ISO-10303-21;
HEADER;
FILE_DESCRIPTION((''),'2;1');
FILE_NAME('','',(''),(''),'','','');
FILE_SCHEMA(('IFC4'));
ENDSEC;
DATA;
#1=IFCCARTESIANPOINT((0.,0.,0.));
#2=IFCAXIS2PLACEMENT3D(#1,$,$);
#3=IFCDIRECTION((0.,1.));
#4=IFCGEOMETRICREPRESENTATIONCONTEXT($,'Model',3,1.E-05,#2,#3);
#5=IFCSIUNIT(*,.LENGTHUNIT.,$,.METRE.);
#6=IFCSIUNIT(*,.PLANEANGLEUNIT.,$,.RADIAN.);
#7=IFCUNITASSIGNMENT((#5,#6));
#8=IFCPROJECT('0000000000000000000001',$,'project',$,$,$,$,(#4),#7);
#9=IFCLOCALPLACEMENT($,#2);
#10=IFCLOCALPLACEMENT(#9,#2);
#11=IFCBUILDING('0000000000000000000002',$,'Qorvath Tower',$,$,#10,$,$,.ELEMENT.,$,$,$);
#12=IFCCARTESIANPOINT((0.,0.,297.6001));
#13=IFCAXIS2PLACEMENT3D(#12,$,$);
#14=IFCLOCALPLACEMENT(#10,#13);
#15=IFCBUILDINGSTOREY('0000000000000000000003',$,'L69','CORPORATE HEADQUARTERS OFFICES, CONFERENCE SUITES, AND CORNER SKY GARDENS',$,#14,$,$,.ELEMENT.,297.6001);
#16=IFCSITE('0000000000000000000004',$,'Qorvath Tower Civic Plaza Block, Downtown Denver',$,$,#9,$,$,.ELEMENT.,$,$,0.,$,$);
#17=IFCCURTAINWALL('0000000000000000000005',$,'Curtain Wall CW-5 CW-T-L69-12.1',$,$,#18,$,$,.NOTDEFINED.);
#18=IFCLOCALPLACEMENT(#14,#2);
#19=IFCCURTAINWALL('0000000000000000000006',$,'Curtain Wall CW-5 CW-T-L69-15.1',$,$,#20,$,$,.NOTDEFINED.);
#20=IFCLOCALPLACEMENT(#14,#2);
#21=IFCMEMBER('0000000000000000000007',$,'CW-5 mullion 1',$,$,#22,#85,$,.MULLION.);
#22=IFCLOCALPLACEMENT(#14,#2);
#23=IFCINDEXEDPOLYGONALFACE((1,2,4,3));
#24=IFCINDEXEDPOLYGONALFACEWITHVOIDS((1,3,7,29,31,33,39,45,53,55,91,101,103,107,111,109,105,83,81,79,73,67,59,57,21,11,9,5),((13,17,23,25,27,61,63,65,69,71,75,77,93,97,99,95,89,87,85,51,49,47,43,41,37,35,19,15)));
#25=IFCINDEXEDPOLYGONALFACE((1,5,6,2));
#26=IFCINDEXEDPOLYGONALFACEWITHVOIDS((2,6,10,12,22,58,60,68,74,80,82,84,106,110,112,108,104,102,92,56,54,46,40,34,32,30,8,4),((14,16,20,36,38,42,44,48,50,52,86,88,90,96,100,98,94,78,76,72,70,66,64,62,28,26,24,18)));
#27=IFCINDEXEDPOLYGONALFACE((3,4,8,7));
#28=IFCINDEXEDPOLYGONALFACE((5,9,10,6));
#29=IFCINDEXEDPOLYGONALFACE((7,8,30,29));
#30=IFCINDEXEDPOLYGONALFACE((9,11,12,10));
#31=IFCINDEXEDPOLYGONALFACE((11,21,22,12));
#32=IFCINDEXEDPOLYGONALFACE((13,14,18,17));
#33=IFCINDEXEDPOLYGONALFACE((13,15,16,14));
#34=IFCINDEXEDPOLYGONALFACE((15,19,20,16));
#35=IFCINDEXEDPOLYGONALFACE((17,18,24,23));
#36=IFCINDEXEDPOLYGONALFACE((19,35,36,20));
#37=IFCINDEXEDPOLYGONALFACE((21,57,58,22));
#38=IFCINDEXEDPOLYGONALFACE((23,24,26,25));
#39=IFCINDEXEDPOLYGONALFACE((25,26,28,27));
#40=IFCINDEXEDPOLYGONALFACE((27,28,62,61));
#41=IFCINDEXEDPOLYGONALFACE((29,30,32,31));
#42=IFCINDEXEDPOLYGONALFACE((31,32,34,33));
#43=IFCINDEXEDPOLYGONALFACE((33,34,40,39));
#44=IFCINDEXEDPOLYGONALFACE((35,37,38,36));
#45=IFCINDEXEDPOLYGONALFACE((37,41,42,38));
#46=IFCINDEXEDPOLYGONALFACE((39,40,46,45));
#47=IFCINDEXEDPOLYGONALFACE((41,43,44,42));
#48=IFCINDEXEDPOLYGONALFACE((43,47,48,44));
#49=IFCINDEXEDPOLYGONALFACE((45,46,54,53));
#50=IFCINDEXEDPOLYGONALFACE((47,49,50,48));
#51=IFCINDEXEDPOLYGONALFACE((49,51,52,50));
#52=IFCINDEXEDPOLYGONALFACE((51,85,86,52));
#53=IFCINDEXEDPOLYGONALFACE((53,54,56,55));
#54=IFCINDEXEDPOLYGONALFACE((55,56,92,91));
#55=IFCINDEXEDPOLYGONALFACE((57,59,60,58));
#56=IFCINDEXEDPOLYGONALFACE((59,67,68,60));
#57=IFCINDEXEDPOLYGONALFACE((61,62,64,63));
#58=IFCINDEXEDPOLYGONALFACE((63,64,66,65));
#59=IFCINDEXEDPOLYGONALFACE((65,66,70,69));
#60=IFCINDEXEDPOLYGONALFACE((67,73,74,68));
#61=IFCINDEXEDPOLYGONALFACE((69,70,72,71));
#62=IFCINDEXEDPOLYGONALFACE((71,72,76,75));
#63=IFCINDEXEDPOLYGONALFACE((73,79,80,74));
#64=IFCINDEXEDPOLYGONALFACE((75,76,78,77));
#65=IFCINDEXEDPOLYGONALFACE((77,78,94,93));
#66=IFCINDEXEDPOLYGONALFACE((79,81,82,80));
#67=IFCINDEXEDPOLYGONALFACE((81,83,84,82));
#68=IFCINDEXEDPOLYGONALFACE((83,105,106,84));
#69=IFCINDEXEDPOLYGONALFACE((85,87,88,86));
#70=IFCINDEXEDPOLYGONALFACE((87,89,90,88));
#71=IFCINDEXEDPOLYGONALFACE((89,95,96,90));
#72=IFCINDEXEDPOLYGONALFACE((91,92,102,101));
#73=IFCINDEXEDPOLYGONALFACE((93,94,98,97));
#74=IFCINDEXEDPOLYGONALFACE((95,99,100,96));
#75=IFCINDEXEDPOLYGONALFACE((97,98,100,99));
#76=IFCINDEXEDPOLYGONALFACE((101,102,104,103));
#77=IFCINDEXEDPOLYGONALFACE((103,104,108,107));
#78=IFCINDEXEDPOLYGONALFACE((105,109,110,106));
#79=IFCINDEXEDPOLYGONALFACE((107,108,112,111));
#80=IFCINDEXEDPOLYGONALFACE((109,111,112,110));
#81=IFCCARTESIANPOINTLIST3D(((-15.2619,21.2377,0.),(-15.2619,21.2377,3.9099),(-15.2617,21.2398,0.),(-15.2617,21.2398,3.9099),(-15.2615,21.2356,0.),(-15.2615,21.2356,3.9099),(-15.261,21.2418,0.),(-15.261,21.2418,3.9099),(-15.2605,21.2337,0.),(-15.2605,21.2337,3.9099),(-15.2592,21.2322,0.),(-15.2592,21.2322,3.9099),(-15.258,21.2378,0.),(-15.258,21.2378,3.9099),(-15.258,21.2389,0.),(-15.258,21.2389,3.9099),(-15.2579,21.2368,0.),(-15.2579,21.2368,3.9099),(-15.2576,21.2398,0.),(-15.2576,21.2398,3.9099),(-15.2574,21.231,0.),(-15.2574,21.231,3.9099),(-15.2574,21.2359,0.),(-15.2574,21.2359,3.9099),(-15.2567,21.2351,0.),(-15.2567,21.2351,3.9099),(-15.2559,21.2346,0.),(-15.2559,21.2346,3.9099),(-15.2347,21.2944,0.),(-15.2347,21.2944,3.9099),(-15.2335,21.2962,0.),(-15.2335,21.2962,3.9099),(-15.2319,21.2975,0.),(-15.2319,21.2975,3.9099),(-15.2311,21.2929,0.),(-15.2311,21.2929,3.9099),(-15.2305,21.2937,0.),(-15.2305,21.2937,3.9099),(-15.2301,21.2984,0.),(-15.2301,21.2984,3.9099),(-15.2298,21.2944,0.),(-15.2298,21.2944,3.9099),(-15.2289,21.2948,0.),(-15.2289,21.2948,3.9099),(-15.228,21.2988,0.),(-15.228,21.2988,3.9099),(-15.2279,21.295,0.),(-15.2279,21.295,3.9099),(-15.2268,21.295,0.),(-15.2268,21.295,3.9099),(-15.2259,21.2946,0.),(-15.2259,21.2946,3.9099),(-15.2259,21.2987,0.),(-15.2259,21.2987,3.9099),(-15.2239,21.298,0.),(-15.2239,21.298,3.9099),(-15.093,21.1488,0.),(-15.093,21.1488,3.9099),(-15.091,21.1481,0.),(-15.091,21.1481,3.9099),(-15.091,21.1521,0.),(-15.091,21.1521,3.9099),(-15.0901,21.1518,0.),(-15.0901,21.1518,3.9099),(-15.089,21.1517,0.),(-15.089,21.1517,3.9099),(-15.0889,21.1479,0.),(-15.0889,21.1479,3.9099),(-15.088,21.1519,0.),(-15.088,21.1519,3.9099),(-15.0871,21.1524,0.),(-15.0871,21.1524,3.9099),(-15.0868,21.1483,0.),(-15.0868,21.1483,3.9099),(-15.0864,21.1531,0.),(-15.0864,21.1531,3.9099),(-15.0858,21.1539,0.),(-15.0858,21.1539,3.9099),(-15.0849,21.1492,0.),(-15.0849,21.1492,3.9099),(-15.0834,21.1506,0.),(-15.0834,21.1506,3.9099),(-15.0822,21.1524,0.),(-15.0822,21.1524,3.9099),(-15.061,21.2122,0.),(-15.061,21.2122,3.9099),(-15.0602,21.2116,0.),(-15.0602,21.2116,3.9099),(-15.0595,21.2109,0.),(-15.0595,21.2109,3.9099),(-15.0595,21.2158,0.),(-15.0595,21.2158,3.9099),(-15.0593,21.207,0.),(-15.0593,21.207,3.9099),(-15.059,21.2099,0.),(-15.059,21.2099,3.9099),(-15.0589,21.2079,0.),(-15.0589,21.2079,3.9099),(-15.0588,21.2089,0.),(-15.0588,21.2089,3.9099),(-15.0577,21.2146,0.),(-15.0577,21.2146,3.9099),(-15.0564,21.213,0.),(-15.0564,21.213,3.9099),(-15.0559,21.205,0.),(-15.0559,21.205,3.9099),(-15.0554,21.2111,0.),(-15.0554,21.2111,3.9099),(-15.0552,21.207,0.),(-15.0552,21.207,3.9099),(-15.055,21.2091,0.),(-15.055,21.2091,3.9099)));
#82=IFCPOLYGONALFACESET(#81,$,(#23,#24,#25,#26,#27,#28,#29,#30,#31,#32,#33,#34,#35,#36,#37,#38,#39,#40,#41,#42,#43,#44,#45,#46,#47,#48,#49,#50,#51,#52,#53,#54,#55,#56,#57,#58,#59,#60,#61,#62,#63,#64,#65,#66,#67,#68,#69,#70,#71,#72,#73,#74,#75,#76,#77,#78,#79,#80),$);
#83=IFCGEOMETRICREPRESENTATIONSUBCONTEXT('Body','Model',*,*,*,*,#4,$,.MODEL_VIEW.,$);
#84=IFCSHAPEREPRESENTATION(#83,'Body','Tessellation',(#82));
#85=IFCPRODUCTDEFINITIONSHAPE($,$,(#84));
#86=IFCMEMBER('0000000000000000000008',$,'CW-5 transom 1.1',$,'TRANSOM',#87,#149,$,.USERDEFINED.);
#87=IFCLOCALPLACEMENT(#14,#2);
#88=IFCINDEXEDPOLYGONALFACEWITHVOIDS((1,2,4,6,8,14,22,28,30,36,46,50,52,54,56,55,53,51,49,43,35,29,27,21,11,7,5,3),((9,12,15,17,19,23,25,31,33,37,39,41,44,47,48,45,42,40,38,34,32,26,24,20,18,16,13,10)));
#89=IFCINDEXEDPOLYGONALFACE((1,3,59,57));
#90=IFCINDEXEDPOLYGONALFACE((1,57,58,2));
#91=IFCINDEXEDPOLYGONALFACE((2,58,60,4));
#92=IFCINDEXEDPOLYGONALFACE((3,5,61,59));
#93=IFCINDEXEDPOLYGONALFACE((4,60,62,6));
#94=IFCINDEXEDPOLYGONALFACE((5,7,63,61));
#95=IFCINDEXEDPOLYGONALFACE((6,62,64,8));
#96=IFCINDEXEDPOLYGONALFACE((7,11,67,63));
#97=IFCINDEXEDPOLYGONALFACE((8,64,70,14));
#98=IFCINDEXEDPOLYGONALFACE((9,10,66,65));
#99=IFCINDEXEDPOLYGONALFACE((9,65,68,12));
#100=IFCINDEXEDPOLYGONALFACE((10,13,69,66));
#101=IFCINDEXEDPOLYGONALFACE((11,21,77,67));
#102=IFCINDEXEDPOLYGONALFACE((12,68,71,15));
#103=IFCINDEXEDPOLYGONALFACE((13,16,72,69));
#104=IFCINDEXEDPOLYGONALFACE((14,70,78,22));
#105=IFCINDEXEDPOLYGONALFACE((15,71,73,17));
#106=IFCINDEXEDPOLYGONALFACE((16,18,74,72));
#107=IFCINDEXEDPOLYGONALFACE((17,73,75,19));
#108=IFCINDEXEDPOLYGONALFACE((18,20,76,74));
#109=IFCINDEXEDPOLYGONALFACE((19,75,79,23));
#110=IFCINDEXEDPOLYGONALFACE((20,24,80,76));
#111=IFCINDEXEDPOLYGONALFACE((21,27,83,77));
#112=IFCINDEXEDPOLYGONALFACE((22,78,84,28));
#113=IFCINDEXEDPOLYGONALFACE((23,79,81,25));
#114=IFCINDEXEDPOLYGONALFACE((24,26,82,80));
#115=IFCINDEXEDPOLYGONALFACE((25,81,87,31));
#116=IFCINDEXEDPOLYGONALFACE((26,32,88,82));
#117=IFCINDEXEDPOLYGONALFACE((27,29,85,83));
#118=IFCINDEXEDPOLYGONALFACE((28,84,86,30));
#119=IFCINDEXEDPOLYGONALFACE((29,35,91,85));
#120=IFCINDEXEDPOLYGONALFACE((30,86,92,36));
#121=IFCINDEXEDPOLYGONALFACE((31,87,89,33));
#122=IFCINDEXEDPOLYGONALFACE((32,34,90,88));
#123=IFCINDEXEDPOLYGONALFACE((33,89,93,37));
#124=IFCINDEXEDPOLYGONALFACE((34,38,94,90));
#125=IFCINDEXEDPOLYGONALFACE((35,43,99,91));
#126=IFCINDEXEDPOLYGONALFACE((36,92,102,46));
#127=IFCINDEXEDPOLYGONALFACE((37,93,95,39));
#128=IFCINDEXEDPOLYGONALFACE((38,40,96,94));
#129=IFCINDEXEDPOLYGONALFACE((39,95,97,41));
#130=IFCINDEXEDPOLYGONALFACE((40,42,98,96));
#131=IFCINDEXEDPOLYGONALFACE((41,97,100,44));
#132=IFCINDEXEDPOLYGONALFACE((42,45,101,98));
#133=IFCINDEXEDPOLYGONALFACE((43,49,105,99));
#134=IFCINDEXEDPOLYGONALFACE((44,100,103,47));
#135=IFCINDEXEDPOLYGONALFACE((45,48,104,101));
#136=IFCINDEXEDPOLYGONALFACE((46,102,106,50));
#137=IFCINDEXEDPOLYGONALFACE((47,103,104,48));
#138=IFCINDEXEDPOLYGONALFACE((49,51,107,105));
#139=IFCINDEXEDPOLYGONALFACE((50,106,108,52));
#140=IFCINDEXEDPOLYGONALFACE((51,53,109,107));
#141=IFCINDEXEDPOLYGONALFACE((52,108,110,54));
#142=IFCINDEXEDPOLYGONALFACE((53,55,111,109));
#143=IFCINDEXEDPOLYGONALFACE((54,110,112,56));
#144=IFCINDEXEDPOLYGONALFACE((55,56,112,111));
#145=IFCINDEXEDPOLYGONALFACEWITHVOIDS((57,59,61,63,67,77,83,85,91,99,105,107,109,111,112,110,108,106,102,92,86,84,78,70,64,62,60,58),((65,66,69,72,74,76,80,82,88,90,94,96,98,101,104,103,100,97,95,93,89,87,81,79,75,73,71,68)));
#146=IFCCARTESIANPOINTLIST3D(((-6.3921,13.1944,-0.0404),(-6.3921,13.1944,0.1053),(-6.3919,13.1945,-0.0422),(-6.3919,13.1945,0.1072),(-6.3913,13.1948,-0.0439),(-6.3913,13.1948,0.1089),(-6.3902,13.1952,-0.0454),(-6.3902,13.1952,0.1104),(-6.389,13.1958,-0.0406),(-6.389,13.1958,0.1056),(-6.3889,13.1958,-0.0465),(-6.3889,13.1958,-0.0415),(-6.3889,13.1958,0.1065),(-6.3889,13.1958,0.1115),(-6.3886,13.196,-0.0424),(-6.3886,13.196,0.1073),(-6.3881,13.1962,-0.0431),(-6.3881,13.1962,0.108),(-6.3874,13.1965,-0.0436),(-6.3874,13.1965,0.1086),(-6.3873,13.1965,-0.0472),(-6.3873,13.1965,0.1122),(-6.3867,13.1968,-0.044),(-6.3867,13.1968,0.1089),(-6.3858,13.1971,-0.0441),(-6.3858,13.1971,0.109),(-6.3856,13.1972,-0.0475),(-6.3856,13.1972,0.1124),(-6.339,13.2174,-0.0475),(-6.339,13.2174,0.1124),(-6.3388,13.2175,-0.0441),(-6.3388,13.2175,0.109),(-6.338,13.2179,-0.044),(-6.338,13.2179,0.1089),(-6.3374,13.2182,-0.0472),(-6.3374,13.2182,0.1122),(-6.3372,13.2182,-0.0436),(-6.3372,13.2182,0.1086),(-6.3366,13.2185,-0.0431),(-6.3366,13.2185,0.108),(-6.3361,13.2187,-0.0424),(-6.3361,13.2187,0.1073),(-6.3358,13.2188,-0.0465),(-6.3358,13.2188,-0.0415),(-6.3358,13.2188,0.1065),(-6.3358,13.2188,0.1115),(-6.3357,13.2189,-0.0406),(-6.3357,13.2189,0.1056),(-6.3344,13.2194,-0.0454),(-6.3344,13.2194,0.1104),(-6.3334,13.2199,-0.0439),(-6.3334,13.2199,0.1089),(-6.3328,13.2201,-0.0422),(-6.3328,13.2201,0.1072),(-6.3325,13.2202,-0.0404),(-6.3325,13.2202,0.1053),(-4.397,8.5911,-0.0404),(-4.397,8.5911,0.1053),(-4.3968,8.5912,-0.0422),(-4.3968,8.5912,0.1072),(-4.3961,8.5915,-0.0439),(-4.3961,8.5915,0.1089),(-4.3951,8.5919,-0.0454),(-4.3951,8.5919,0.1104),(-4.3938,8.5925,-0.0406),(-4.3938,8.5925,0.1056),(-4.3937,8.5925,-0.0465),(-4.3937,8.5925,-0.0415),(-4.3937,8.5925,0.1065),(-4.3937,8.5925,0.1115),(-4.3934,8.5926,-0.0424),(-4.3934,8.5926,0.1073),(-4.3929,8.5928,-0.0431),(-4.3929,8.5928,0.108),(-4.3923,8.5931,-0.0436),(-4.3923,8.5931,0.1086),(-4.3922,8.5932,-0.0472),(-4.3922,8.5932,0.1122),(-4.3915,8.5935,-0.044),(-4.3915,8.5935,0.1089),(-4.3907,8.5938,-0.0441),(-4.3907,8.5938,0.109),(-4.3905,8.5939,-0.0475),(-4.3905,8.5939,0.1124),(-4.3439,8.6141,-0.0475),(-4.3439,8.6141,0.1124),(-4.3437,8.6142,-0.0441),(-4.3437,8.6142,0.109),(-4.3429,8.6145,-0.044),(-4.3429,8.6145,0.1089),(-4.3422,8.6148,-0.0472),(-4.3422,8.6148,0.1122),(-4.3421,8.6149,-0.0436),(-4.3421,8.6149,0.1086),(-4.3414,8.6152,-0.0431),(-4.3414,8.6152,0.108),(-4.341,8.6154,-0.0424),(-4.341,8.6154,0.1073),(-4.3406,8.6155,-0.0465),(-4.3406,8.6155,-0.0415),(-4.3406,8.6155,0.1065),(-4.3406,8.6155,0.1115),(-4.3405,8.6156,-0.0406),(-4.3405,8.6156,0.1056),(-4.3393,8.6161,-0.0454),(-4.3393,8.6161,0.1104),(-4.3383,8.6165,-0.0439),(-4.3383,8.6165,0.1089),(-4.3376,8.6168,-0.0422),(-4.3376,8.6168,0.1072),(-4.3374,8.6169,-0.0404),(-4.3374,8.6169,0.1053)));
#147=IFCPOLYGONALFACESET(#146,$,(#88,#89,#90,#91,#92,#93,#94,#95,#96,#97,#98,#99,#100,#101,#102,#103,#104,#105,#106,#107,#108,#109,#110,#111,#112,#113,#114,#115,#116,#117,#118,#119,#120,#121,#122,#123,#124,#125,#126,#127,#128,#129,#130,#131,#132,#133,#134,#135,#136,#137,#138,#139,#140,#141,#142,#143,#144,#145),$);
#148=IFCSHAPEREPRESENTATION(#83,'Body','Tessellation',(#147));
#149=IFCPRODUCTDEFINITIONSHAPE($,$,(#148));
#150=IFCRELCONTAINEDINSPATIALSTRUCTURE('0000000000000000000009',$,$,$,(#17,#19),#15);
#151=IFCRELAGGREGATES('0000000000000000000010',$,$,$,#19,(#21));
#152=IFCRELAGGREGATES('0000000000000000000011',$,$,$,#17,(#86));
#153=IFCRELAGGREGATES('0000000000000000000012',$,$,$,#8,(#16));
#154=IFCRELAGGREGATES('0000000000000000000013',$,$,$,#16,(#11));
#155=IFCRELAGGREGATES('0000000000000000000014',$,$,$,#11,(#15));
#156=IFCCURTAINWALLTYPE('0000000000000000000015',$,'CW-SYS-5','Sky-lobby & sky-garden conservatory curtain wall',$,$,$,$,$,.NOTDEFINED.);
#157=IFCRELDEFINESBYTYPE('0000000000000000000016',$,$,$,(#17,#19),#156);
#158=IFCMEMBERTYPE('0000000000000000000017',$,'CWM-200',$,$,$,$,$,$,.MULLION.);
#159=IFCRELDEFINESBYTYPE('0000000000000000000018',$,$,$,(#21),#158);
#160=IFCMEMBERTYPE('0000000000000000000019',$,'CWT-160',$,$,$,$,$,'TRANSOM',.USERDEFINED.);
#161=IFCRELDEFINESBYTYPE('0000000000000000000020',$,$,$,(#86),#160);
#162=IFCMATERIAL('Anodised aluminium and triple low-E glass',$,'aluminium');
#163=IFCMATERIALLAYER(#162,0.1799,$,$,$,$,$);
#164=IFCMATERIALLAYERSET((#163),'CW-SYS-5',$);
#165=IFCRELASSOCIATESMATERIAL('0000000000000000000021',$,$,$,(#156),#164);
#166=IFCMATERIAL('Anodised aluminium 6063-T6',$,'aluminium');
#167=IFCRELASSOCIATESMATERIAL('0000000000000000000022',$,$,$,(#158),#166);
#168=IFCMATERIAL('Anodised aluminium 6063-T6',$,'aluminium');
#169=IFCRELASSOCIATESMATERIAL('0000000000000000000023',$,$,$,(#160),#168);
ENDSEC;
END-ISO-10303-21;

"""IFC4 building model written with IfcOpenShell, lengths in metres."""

from ifc_helpers import new_model, si_unit, direction, frame, origin, origin_2d, place, context, subcontext, project, spatial, hollow_rectangle, extrude, material, layer, layer_set, material_profile, profile_set, type_object, element, aggregate, save


model = new_model("IFC4")

# Units and contexts
model_context = context("Model", 3, precision=1e-05, world=origin(), true_north=direction((0.0, 1.0)))
body_context = subcontext(model_context, "Body", "Model", "MODEL_VIEW")
ifc_project = project(units=[si_unit("LENGTHUNIT", "METRE"), si_unit("PLANEANGLEUNIT", "RADIAN")], contexts=[model_context])

# Site, building, storey
site_placement = place(None, origin())
site = spatial("IfcSite", under=ifc_project, at=site_placement, Name="Qorvath Tower Civic Plaza Block, Downtown Denver", CompositionType="ELEMENT", RefElevation=0.0)
building_placement = place(site_placement, origin())
building = spatial("IfcBuilding", under=site, at=building_placement, Name="Qorvath Tower", CompositionType="ELEMENT")
storey_placement = place(building_placement, frame((0.0, 0.0, 297.6001)))
storey = spatial("IfcBuildingStorey", under=building, at=storey_placement, Name="L69", Description="CORPORATE HEADQUARTERS OFFICES, CONFERENCE SUITES, AND CORNER SKY GARDENS", CompositionType="ELEMENT", Elevation=297.6001)

# Curtain wall
ifc_material_1 = material(Name="Anodised aluminium and triple low-E glass", Category="aluminium")
ifc_layer_1 = layer(ifc_material_1, 0.1799)
ifc_layer_set_1 = layer_set([ifc_layer_1], Name="CW-SYS-5")
curtain_wall_type = type_object("IfcCurtainWallType", Name="CW-SYS-5", Description="Sky-lobby & sky-garden conservatory curtain wall", PredefinedType="NOTDEFINED", material=ifc_layer_set_1)
curtain_wall_1_placement = place(storey_placement, origin())
curtain_wall_1 = element("IfcCurtainWall", 1, at=curtain_wall_1_placement, inside=storey, type_object=curtain_wall_type, Name="Curtain Wall CW-5 CW-T-L69-12.1", PredefinedType="NOTDEFINED")
ifc_material_2 = material(Name="Anodised aluminium 6063-T6", Category="aluminium")
ifc_material_profile_1 = material_profile(ifc_material_2, hollow_rectangle(XDim=0.075, YDim=0.2, WallThickness=0.0039, InnerFilletRadius=0.0039, OuterFilletRadius=0.0081, at=origin_2d()), Name="CWM 200x75")
ifc_profile_set_1 = profile_set([ifc_material_profile_1], Name="Anodised aluminium 6063-T6")
member_type_1 = type_object("IfcMemberType", Name="CWM-200", PredefinedType="MULLION", material=ifc_profile_set_1)

# Curtain wall, member
curtain_wall_2_placement = place(storey_placement, origin())
curtain_wall_2 = element("IfcCurtainWall", 2, at=curtain_wall_2_placement, inside=storey, type_object=curtain_wall_type, Name="Curtain Wall CW-5 CW-T-L69-15.1", PredefinedType="NOTDEFINED")
member_1_placement = place(storey_placement, frame((-15.1584, 21.2234, 0.0), z_axis=(0.0, 0.0, 1.0), x_axis=(-0.447181, -0.894444, 0.0)))
member_1 = element("IfcMember", 3, at=member_1_placement, type_object=member_type_1, Name="CW-5 mullion 1", PredefinedType="MULLION", context=body_context, shape_type="SweptSolid", body=[
    extrude(hollow_rectangle(XDim=0.075, YDim=0.2, WallThickness=0.0039, InnerFilletRadius=0.0039, OuterFilletRadius=0.0081, at=origin_2d()), origin(), (0.0, 0.0, 1.0), 3.9099),
])

# Member
ifc_material_3 = material(Name="Anodised aluminium 6063-T6", Category="aluminium")
ifc_material_profile_2 = material_profile(ifc_material_3, hollow_rectangle(XDim=0.0649, YDim=0.1599, WallThickness=0.0034, InnerFilletRadius=0.0034, OuterFilletRadius=0.0071, at=origin_2d()), Name="CWT 160x65")
ifc_profile_set_2 = profile_set([ifc_material_profile_2], Name="Anodised aluminium 6063-T6")
member_type_2 = type_object("IfcMemberType", Name="CWT-160", ElementType="TRANSOM", PredefinedType="USERDEFINED", material=ifc_profile_set_2)
member_2_placement = place(storey_placement, frame((-4.3672, 8.604, 0.0325), z_axis=(-0.397669, 0.917529, 0.0), x_axis=(-0.917529, -0.397669, 0.0)))
member_2 = element("IfcMember", 4, at=member_2_placement, type_object=member_type_2, Name="CW-5 transom 1.1", ObjectType="TRANSOM", PredefinedType="USERDEFINED", context=body_context, shape_type="SweptSolid", body=[
    extrude(hollow_rectangle(XDim=0.0649, YDim=0.1599, WallThickness=0.0034, InnerFilletRadius=0.0034, OuterFilletRadius=0.0071, at=origin_2d()), origin(), (0.0, 0.0, 1.0), 5.0171),
])
aggregate(curtain_wall_2, [member_1])

aggregate(curtain_wall_1, [member_2])

save(model, "model.ifc")
